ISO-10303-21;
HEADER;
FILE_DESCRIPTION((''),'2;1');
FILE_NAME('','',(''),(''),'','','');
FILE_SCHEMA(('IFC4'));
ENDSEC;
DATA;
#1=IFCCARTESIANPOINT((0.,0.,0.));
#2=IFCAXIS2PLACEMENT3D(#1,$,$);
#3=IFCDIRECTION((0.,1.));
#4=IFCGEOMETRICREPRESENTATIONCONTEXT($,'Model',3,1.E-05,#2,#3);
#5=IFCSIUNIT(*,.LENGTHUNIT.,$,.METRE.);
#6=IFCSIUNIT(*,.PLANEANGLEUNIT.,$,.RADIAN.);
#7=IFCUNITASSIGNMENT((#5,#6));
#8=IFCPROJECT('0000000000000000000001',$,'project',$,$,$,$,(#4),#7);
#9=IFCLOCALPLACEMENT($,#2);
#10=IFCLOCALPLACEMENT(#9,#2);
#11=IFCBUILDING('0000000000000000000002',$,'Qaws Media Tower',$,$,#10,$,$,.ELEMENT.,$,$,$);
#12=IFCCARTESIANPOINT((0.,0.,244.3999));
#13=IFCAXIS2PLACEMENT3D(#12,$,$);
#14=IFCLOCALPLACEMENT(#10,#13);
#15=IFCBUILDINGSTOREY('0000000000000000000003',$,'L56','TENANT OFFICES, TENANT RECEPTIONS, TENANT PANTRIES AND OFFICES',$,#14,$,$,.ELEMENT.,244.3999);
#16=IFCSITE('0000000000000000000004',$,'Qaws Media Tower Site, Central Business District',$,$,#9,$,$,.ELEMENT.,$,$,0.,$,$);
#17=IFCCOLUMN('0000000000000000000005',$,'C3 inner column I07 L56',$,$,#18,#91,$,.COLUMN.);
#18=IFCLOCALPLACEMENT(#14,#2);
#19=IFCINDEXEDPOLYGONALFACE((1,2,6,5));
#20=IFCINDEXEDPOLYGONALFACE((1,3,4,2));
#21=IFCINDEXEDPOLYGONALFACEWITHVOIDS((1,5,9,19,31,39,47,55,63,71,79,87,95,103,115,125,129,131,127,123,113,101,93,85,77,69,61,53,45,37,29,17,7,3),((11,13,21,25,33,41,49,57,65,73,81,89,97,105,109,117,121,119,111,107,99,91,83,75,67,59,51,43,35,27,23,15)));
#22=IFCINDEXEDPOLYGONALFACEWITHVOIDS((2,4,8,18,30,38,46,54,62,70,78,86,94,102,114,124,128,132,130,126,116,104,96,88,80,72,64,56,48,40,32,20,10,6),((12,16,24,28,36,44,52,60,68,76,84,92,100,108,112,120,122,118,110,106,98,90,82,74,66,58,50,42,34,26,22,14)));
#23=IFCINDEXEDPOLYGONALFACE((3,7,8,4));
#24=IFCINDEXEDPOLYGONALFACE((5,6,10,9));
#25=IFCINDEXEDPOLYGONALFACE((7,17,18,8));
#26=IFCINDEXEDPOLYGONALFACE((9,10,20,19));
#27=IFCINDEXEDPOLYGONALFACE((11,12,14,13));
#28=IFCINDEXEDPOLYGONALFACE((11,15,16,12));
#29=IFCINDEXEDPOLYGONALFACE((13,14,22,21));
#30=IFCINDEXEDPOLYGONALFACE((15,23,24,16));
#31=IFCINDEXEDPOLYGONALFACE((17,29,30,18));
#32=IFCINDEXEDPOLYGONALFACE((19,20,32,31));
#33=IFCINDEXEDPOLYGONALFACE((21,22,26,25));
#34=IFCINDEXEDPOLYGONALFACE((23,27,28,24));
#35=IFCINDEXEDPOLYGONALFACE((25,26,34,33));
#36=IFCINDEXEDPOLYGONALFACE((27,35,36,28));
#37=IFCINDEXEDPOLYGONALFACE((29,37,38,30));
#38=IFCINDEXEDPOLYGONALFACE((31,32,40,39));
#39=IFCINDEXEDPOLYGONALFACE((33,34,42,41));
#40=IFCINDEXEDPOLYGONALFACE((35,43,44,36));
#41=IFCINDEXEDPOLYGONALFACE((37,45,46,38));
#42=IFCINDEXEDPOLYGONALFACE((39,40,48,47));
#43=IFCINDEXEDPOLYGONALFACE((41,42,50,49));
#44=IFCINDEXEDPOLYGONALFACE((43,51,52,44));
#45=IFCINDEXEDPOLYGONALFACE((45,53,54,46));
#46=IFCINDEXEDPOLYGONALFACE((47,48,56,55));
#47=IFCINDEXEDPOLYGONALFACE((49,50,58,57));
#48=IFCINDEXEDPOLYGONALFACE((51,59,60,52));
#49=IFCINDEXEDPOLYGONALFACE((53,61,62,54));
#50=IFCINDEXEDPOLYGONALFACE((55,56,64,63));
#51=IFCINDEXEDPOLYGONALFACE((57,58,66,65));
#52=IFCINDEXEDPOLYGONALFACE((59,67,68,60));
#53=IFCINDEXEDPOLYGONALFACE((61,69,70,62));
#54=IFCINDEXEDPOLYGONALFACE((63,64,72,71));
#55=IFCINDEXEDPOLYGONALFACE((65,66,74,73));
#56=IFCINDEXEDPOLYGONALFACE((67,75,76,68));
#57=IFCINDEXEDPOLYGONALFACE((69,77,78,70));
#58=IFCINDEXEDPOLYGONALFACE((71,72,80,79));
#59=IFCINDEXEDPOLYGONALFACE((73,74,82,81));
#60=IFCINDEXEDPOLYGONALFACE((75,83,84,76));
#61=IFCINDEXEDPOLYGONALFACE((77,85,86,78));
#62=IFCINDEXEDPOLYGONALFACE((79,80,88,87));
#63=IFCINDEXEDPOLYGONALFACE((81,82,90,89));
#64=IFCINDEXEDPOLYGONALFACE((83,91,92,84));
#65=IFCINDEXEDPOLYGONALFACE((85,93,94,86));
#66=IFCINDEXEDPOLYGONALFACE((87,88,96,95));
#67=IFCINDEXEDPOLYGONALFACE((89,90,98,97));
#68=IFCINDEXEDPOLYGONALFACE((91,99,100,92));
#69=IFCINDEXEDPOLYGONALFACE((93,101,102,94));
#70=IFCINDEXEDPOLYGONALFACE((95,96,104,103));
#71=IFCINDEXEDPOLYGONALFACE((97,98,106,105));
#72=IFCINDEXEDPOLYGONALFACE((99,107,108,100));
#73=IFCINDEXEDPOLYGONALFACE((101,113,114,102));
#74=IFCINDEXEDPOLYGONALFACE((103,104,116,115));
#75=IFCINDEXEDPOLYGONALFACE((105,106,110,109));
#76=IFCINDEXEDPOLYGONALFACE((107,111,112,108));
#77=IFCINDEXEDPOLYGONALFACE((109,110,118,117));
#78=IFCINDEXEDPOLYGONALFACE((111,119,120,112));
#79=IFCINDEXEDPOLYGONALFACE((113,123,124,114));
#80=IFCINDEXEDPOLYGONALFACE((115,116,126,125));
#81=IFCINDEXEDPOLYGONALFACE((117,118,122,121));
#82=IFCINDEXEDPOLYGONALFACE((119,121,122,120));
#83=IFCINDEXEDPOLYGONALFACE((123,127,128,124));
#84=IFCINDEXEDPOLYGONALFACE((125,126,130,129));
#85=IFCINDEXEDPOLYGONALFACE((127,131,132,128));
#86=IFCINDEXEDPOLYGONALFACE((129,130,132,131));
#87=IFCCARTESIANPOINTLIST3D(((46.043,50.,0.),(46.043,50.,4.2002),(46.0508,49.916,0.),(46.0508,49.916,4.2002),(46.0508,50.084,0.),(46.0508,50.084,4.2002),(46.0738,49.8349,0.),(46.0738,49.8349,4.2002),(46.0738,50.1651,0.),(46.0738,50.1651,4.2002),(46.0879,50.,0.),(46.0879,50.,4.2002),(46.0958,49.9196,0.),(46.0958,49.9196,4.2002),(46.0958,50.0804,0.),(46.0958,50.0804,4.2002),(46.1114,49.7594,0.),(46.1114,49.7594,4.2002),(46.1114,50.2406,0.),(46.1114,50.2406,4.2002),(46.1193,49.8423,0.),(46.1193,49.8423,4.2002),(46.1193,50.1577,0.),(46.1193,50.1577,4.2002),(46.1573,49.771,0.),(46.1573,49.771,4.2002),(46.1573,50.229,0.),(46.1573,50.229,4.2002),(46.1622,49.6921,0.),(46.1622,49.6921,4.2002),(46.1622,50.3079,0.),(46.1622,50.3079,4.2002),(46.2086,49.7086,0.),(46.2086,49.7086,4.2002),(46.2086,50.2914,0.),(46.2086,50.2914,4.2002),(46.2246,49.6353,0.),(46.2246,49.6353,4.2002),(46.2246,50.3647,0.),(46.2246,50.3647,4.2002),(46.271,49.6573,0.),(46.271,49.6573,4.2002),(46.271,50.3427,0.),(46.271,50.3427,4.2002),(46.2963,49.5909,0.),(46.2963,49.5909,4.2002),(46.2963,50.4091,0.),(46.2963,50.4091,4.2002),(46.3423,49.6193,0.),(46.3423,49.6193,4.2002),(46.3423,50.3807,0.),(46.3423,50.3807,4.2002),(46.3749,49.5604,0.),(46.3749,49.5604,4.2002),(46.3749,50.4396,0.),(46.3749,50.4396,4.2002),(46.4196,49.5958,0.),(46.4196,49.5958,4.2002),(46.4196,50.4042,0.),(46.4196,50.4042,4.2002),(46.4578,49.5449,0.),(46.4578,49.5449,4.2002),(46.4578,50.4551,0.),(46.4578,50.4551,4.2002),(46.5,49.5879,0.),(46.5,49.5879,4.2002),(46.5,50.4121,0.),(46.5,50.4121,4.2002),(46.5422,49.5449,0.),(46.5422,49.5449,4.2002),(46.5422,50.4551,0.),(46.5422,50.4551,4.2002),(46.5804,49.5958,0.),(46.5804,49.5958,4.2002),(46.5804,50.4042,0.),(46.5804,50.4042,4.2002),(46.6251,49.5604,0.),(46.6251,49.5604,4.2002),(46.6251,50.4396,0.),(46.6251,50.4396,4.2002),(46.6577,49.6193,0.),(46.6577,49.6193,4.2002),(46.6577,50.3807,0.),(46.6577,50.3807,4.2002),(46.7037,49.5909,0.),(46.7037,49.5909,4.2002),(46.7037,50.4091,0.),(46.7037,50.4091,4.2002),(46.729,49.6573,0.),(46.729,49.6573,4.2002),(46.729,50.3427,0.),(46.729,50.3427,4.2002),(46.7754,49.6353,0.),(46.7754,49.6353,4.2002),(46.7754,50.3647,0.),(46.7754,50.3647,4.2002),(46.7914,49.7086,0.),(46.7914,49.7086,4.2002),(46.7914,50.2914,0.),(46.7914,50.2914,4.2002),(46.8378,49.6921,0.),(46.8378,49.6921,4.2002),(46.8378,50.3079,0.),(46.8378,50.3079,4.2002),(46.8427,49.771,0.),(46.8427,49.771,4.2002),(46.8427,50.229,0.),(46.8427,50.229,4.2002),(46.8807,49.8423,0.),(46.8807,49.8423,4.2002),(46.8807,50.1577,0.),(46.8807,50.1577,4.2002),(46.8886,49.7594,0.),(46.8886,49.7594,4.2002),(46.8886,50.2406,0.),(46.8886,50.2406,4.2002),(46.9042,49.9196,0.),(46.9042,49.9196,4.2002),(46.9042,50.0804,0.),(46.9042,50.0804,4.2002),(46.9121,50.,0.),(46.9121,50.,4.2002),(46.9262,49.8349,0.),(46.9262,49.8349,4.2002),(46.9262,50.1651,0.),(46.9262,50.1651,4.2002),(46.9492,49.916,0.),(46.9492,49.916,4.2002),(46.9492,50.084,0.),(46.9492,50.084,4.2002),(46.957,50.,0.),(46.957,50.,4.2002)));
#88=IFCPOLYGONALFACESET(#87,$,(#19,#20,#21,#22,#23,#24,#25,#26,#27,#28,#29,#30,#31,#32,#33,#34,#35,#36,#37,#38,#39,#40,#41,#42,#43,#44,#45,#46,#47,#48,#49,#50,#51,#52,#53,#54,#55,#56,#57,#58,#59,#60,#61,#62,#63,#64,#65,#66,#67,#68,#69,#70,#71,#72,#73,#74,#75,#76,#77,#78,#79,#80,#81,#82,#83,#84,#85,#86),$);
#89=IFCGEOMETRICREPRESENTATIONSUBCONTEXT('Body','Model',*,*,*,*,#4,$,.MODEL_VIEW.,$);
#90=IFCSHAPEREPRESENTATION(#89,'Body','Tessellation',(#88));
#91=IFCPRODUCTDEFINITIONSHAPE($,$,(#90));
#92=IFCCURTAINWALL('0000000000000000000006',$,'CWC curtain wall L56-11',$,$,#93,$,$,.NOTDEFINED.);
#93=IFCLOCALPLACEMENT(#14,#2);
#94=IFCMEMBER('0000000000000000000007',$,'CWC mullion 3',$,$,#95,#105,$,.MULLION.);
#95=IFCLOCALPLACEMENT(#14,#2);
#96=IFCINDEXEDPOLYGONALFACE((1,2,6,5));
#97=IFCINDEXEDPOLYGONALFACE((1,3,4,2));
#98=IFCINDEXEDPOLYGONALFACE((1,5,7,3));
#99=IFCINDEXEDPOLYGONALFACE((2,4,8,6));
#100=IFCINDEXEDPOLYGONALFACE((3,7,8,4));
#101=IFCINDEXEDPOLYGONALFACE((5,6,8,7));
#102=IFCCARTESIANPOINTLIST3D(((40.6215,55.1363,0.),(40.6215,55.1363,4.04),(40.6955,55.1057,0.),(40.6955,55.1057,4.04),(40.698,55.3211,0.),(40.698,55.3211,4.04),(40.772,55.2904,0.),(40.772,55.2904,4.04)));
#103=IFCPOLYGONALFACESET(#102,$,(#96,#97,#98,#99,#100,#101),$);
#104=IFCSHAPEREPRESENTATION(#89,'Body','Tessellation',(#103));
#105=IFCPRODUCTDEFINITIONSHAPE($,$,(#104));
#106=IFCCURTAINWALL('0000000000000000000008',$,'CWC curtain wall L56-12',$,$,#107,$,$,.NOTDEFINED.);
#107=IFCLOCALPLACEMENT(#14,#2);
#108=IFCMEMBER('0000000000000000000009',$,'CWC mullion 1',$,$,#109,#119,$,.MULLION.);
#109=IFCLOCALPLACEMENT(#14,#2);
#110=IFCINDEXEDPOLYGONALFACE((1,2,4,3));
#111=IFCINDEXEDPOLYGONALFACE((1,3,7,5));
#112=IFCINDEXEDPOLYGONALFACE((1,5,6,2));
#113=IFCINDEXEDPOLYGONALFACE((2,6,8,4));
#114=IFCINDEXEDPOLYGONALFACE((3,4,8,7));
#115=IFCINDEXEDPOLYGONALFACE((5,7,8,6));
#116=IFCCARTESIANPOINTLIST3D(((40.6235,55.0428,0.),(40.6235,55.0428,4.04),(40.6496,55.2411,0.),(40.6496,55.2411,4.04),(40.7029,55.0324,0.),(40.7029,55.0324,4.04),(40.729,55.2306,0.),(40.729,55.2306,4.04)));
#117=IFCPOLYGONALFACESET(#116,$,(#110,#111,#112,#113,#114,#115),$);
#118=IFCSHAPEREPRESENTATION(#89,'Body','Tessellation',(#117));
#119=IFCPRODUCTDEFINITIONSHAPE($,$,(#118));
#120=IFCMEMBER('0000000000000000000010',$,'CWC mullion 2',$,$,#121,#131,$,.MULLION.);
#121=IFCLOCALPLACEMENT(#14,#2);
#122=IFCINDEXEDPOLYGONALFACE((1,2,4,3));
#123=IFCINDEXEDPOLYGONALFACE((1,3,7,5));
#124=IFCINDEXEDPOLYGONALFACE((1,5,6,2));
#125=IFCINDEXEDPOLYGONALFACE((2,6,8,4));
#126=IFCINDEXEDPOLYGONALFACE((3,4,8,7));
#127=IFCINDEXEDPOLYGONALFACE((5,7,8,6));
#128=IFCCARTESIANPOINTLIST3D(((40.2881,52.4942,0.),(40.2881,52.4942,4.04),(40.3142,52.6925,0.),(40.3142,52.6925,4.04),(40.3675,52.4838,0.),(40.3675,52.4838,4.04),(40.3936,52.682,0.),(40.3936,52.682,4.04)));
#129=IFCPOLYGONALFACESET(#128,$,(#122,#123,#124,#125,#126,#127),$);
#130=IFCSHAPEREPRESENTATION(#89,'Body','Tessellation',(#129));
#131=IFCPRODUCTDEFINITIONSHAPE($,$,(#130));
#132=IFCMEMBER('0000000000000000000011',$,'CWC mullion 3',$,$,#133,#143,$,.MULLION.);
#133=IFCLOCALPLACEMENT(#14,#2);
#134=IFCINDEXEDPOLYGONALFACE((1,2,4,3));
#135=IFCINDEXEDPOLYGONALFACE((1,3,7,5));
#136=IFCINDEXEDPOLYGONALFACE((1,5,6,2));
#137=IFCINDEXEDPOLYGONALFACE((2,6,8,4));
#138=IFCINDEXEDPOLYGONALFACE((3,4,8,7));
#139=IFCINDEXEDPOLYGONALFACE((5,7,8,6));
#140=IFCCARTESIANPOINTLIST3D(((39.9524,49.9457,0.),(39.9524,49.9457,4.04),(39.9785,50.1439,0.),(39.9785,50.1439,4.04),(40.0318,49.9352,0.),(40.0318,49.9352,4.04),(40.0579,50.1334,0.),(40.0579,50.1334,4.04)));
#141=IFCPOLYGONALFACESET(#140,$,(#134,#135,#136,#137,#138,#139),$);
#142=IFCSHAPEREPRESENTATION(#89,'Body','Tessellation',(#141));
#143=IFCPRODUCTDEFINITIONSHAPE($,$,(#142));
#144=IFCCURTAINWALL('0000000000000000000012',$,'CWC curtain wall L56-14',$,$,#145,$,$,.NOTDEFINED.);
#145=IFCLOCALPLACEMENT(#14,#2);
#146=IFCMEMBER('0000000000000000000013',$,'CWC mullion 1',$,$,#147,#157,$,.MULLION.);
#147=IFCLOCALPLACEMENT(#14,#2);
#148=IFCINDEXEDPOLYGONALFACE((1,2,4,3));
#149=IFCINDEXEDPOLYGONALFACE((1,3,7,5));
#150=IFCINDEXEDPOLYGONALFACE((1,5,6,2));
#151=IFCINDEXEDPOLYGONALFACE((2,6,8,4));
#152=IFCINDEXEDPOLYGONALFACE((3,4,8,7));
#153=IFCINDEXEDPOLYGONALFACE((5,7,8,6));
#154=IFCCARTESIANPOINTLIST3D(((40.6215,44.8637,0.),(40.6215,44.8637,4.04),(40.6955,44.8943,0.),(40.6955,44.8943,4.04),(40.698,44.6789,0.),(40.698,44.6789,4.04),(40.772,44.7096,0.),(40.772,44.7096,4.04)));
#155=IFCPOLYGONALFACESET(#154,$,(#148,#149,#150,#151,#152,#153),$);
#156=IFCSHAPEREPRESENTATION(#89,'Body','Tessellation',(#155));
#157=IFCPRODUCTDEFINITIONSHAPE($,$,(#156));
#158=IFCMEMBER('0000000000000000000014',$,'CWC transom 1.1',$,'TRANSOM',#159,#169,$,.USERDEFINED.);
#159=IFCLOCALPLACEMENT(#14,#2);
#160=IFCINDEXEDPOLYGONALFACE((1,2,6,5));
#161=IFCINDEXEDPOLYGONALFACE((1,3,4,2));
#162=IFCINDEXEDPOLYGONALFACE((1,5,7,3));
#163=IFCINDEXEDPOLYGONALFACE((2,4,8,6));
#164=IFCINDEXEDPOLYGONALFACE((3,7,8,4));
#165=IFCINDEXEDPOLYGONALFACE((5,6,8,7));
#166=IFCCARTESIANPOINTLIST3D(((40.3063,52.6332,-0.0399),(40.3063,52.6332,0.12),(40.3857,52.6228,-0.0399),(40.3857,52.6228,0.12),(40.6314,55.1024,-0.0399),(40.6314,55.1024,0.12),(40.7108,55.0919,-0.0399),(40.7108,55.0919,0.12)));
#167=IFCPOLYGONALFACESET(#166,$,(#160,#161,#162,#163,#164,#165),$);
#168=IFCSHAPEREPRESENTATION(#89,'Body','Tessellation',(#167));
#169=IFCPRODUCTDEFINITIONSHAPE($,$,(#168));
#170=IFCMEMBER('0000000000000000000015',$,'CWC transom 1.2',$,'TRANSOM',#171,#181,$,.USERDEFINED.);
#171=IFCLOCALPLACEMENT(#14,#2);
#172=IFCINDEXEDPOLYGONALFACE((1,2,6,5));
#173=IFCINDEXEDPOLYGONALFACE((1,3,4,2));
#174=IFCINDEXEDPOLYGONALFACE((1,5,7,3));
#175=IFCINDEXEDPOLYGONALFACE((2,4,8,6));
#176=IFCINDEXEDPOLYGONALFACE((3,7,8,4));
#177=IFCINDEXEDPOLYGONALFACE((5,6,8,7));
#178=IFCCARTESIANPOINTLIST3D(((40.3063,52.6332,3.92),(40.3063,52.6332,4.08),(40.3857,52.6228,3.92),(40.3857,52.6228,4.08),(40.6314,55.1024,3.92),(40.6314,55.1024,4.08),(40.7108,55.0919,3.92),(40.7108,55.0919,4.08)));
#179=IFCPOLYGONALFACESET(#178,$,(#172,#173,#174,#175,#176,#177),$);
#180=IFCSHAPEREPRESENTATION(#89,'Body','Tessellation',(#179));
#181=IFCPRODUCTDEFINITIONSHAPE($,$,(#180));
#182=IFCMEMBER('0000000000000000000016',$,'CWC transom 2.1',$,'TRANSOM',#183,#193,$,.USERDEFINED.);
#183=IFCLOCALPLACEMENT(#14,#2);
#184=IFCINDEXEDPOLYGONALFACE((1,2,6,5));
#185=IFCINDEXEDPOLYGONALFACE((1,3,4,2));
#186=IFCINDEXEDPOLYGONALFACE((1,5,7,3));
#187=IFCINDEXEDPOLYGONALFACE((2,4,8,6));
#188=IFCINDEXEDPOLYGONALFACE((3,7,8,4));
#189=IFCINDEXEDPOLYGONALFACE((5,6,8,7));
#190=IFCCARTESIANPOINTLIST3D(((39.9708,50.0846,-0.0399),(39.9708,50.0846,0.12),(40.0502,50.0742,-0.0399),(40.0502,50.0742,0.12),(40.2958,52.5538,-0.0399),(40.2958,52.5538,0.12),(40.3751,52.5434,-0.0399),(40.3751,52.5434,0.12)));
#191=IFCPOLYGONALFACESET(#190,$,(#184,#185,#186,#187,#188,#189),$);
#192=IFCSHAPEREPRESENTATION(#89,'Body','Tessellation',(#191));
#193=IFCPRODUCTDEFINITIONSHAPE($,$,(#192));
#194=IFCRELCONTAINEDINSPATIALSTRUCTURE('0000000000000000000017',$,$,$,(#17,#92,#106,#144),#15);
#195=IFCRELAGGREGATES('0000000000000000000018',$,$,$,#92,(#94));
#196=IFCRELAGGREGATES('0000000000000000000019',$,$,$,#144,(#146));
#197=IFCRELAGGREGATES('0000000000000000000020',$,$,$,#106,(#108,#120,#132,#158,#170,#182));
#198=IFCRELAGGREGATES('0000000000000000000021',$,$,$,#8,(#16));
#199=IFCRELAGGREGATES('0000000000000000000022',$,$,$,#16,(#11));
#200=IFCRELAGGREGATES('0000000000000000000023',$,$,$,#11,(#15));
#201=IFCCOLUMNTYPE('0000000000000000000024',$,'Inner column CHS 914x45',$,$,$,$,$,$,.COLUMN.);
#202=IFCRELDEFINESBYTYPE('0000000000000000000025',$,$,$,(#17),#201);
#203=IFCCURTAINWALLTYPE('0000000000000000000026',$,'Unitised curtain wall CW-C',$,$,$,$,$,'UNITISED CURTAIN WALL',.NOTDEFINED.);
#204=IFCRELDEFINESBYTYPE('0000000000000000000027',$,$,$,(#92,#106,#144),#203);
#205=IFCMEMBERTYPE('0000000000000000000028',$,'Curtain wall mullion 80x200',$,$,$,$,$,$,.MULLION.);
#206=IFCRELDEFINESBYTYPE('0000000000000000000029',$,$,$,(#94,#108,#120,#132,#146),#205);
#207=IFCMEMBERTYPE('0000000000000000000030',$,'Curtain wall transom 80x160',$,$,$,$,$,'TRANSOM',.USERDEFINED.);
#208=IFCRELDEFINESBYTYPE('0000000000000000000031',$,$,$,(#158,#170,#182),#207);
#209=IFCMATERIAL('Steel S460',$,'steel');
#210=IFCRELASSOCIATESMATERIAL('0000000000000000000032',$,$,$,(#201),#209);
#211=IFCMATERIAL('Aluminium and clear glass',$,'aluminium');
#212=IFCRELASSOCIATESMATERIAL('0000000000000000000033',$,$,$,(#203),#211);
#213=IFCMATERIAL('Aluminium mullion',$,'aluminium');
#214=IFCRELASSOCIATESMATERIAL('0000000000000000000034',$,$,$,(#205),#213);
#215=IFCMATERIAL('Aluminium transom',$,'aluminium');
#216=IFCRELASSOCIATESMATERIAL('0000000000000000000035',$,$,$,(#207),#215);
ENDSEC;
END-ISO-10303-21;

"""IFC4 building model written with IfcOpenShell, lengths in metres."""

from ifc_helpers import new_model, si_unit, direction, frame, origin, origin_2d, place, context, subcontext, project, spatial, rectangle, hollow_circle, extrude, material, material_profile, profile_set, type_object, element, aggregate, save


model = new_model("IFC4")

# Units and contexts
model_context = context("Model", 3, precision=1e-05, world=origin(), true_north=direction((0.0, 1.0)))
body_context = subcontext(model_context, "Body", "Model", "MODEL_VIEW")
ifc_project = project(units=[si_unit("LENGTHUNIT", "METRE"), si_unit("PLANEANGLEUNIT", "RADIAN")], contexts=[model_context])

# Site, building, storey
site_placement = place(None, origin())
site = spatial("IfcSite", under=ifc_project, at=site_placement, Name="Qaws Media Tower Site, Central Business District", CompositionType="ELEMENT", RefElevation=0.0)
building_placement = place(site_placement, origin())
building = spatial("IfcBuilding", under=site, at=building_placement, Name="Qaws Media Tower", CompositionType="ELEMENT")
storey_placement = place(building_placement, frame((0.0, 0.0, 244.3999)))
storey = spatial("IfcBuildingStorey", under=building, at=storey_placement, Name="L56", Description="TENANT OFFICES, TENANT RECEPTIONS, TENANT PANTRIES AND OFFICES", CompositionType="ELEMENT", Elevation=244.3999)

# Column
ifc_material_1 = material(Name="Steel S460", Category="steel")
ifc_material_profile_1 = material_profile(ifc_material_1, hollow_circle(Radius=0.457, WallThickness=0.0449, at=origin_2d()), Name="CHS 914x45")
ifc_profile_set_1 = profile_set([ifc_material_profile_1], Name="Steel S460")
column_type = type_object("IfcColumnType", Name="Inner column CHS 914x45", PredefinedType="COLUMN", material=ifc_profile_set_1)
column_placement = place(storey_placement, frame((46.5, 50.0, 0.0), z_axis=(0.0, 0.0, 1.0), x_axis=(1.0, 0.0, 0.0)))
element("IfcColumn", 1, at=column_placement, inside=storey, type_object=column_type, Name="C3 inner column I07 L56", PredefinedType="COLUMN", context=body_context, shape_type="SweptSolid", body=[
    extrude(hollow_circle(Radius=0.457, WallThickness=0.0449, at=origin_2d()), origin(), (0.0, 0.0, 1.0), 4.2002),
])

# Curtain wall, member
ifc_material_2 = material(Name="Aluminium and clear glass", Category="aluminium")
curtain_wall_type = type_object("IfcCurtainWallType", Name="Unitised curtain wall CW-C", ElementType="UNITISED CURTAIN WALL", PredefinedType="NOTDEFINED", material=ifc_material_2)
curtain_wall_1_placement = place(storey_placement, origin())
curtain_wall_1 = element("IfcCurtainWall", 2, at=curtain_wall_1_placement, inside=storey, type_object=curtain_wall_type, Name="CWC curtain wall L56-11", PredefinedType="NOTDEFINED")
ifc_material_3 = material(Name="Aluminium mullion", Category="aluminium")
ifc_material_profile_2 = material_profile(ifc_material_3, rectangle(XDim=0.0801, YDim=0.2, at=origin_2d()), Name="80x200")
ifc_profile_set_2 = profile_set([ifc_material_profile_2], Name="Aluminium mullion")
member_type_1 = type_object("IfcMemberType", Name="Curtain wall mullion 80x200", PredefinedType="MULLION", material=ifc_profile_set_2)
member_1_placement = place(storey_placement, frame((40.6968, 55.2134, 0.0), z_axis=(0.0, 0.0, 1.0), x_axis=(0.923879, -0.382684, 0.0)))
member_1 = element("IfcMember", 3, at=member_1_placement, type_object=member_type_1, Name="CWC mullion 3", PredefinedType="MULLION", context=body_context, shape_type="SweptSolid", body=[
    extrude(rectangle(XDim=0.0801, YDim=0.2, at=origin_2d()), origin(), (0.0, 0.0, 1.0), 4.04),
])
aggregate(curtain_wall_1, [member_1])

# Curtain wall, members
curtain_wall_2_placement = place(storey_placement, origin())
curtain_wall_2 = element("IfcCurtainWall", 4, at=curtain_wall_2_placement, inside=storey, type_object=curtain_wall_type, Name="CWC curtain wall L56-12", PredefinedType="NOTDEFINED")
member_2_placement = place(storey_placement, frame((40.6763, 55.1367, 0.0), z_axis=(0.0, 0.0, 1.0), x_axis=(0.991445, -0.130526, 0.0)))
member_2 = element("IfcMember", 5, at=member_2_placement, type_object=member_type_1, Name="CWC mullion 1", PredefinedType="MULLION", context=body_context, shape_type="SweptSolid", body=[
    extrude(rectangle(XDim=0.0801, YDim=0.2, at=origin_2d()), origin(), (0.0, 0.0, 1.0), 4.04),
])
member_3_placement = place(storey_placement, frame((40.3408, 52.5881, 0.0), z_axis=(0.0, 0.0, 1.0), x_axis=(0.991445, -0.130526, 0.0)))
member_3 = element("IfcMember", 6, at=member_3_placement, type_object=member_type_1, Name="CWC mullion 2", PredefinedType="MULLION", context=body_context, shape_type="SweptSolid", body=[
    extrude(rectangle(XDim=0.0801, YDim=0.2, at=origin_2d()), origin(), (0.0, 0.0, 1.0), 4.04),
])
member_4_placement = place(storey_placement, frame((40.0051, 50.0396, 0.0), z_axis=(0.0, 0.0, 1.0), x_axis=(0.991445, -0.130526, 0.0)))
member_4 = element("IfcMember", 7, at=member_4_placement, type_object=member_type_1, Name="CWC mullion 3", PredefinedType="MULLION", context=body_context, shape_type="SweptSolid", body=[
    extrude(rectangle(XDim=0.0801, YDim=0.2, at=origin_2d()), origin(), (0.0, 0.0, 1.0), 4.04),
])

# Curtain wall, member
curtain_wall_3_placement = place(storey_placement, origin())
curtain_wall_3 = element("IfcCurtainWall", 8, at=curtain_wall_3_placement, inside=storey, type_object=curtain_wall_type, Name="CWC curtain wall L56-14", PredefinedType="NOTDEFINED")
member_5_placement = place(storey_placement, frame((40.6968, 44.7866, 0.0), z_axis=(0.0, 0.0, 1.0), x_axis=(0.923879, 0.382684, 0.0)))
member_5 = element("IfcMember", 9, at=member_5_placement, type_object=member_type_1, Name="CWC mullion 1", PredefinedType="MULLION", context=body_context, shape_type="SweptSolid", body=[
    extrude(rectangle(XDim=0.0801, YDim=0.2, at=origin_2d()), origin(), (0.0, 0.0, 1.0), 4.04),
])

# Members
ifc_material_4 = material(Name="Aluminium transom", Category="aluminium")
ifc_material_profile_3 = material_profile(ifc_material_4, rectangle(XDim=0.0801, YDim=0.1599, at=origin_2d()), Name="80x160")
ifc_profile_set_3 = profile_set([ifc_material_profile_3], Name="Aluminium transom")
member_type_2 = type_object("IfcMemberType", Name="Curtain wall transom 80x160", ElementType="TRANSOM", PredefinedType="USERDEFINED", material=ifc_profile_set_3)
member_6_placement = place(storey_placement, frame((40.6711, 55.0972, 0.04), z_axis=(-0.130571, -0.991439, 0.0), x_axis=(0.991439, -0.130571, 0.0)))
member_6 = element("IfcMember", 10, at=member_6_placement, type_object=member_type_2, Name="CWC transom 1.1", ObjectType="TRANSOM", PredefinedType="USERDEFINED", context=body_context, shape_type="SweptSolid", body=[
    extrude(rectangle(XDim=0.0801, YDim=0.1599, at=origin_2d()), origin(), (0.0, 0.0, 1.0), 2.4905),
])
member_7_placement = place(storey_placement, frame((40.6711, 55.0972, 4.0), z_axis=(-0.130571, -0.991439, 0.0), x_axis=(0.991439, -0.130571, 0.0)))
member_7 = element("IfcMember", 11, at=member_7_placement, type_object=member_type_2, Name="CWC transom 1.2", ObjectType="TRANSOM", PredefinedType="USERDEFINED", context=body_context, shape_type="SweptSolid", body=[
    extrude(rectangle(XDim=0.0801, YDim=0.1599, at=origin_2d()), origin(), (0.0, 0.0, 1.0), 2.4905),
])
member_8_placement = place(storey_placement, frame((40.3354, 52.5486, 0.04), z_axis=(-0.130475, -0.991452, 0.0), x_axis=(0.991452, -0.130475, 0.0)))
member_8 = element("IfcMember", 12, at=member_8_placement, type_object=member_type_2, Name="CWC transom 2.1", ObjectType="TRANSOM", PredefinedType="USERDEFINED", context=body_context, shape_type="SweptSolid", body=[
    extrude(rectangle(XDim=0.0801, YDim=0.1599, at=origin_2d()), origin(), (0.0, 0.0, 1.0), 2.4905),
])
aggregate(curtain_wall_3, [member_5])

aggregate(curtain_wall_2, [member_2, member_3, member_4, member_6, member_7, member_8])

save(model, "model.ifc")
